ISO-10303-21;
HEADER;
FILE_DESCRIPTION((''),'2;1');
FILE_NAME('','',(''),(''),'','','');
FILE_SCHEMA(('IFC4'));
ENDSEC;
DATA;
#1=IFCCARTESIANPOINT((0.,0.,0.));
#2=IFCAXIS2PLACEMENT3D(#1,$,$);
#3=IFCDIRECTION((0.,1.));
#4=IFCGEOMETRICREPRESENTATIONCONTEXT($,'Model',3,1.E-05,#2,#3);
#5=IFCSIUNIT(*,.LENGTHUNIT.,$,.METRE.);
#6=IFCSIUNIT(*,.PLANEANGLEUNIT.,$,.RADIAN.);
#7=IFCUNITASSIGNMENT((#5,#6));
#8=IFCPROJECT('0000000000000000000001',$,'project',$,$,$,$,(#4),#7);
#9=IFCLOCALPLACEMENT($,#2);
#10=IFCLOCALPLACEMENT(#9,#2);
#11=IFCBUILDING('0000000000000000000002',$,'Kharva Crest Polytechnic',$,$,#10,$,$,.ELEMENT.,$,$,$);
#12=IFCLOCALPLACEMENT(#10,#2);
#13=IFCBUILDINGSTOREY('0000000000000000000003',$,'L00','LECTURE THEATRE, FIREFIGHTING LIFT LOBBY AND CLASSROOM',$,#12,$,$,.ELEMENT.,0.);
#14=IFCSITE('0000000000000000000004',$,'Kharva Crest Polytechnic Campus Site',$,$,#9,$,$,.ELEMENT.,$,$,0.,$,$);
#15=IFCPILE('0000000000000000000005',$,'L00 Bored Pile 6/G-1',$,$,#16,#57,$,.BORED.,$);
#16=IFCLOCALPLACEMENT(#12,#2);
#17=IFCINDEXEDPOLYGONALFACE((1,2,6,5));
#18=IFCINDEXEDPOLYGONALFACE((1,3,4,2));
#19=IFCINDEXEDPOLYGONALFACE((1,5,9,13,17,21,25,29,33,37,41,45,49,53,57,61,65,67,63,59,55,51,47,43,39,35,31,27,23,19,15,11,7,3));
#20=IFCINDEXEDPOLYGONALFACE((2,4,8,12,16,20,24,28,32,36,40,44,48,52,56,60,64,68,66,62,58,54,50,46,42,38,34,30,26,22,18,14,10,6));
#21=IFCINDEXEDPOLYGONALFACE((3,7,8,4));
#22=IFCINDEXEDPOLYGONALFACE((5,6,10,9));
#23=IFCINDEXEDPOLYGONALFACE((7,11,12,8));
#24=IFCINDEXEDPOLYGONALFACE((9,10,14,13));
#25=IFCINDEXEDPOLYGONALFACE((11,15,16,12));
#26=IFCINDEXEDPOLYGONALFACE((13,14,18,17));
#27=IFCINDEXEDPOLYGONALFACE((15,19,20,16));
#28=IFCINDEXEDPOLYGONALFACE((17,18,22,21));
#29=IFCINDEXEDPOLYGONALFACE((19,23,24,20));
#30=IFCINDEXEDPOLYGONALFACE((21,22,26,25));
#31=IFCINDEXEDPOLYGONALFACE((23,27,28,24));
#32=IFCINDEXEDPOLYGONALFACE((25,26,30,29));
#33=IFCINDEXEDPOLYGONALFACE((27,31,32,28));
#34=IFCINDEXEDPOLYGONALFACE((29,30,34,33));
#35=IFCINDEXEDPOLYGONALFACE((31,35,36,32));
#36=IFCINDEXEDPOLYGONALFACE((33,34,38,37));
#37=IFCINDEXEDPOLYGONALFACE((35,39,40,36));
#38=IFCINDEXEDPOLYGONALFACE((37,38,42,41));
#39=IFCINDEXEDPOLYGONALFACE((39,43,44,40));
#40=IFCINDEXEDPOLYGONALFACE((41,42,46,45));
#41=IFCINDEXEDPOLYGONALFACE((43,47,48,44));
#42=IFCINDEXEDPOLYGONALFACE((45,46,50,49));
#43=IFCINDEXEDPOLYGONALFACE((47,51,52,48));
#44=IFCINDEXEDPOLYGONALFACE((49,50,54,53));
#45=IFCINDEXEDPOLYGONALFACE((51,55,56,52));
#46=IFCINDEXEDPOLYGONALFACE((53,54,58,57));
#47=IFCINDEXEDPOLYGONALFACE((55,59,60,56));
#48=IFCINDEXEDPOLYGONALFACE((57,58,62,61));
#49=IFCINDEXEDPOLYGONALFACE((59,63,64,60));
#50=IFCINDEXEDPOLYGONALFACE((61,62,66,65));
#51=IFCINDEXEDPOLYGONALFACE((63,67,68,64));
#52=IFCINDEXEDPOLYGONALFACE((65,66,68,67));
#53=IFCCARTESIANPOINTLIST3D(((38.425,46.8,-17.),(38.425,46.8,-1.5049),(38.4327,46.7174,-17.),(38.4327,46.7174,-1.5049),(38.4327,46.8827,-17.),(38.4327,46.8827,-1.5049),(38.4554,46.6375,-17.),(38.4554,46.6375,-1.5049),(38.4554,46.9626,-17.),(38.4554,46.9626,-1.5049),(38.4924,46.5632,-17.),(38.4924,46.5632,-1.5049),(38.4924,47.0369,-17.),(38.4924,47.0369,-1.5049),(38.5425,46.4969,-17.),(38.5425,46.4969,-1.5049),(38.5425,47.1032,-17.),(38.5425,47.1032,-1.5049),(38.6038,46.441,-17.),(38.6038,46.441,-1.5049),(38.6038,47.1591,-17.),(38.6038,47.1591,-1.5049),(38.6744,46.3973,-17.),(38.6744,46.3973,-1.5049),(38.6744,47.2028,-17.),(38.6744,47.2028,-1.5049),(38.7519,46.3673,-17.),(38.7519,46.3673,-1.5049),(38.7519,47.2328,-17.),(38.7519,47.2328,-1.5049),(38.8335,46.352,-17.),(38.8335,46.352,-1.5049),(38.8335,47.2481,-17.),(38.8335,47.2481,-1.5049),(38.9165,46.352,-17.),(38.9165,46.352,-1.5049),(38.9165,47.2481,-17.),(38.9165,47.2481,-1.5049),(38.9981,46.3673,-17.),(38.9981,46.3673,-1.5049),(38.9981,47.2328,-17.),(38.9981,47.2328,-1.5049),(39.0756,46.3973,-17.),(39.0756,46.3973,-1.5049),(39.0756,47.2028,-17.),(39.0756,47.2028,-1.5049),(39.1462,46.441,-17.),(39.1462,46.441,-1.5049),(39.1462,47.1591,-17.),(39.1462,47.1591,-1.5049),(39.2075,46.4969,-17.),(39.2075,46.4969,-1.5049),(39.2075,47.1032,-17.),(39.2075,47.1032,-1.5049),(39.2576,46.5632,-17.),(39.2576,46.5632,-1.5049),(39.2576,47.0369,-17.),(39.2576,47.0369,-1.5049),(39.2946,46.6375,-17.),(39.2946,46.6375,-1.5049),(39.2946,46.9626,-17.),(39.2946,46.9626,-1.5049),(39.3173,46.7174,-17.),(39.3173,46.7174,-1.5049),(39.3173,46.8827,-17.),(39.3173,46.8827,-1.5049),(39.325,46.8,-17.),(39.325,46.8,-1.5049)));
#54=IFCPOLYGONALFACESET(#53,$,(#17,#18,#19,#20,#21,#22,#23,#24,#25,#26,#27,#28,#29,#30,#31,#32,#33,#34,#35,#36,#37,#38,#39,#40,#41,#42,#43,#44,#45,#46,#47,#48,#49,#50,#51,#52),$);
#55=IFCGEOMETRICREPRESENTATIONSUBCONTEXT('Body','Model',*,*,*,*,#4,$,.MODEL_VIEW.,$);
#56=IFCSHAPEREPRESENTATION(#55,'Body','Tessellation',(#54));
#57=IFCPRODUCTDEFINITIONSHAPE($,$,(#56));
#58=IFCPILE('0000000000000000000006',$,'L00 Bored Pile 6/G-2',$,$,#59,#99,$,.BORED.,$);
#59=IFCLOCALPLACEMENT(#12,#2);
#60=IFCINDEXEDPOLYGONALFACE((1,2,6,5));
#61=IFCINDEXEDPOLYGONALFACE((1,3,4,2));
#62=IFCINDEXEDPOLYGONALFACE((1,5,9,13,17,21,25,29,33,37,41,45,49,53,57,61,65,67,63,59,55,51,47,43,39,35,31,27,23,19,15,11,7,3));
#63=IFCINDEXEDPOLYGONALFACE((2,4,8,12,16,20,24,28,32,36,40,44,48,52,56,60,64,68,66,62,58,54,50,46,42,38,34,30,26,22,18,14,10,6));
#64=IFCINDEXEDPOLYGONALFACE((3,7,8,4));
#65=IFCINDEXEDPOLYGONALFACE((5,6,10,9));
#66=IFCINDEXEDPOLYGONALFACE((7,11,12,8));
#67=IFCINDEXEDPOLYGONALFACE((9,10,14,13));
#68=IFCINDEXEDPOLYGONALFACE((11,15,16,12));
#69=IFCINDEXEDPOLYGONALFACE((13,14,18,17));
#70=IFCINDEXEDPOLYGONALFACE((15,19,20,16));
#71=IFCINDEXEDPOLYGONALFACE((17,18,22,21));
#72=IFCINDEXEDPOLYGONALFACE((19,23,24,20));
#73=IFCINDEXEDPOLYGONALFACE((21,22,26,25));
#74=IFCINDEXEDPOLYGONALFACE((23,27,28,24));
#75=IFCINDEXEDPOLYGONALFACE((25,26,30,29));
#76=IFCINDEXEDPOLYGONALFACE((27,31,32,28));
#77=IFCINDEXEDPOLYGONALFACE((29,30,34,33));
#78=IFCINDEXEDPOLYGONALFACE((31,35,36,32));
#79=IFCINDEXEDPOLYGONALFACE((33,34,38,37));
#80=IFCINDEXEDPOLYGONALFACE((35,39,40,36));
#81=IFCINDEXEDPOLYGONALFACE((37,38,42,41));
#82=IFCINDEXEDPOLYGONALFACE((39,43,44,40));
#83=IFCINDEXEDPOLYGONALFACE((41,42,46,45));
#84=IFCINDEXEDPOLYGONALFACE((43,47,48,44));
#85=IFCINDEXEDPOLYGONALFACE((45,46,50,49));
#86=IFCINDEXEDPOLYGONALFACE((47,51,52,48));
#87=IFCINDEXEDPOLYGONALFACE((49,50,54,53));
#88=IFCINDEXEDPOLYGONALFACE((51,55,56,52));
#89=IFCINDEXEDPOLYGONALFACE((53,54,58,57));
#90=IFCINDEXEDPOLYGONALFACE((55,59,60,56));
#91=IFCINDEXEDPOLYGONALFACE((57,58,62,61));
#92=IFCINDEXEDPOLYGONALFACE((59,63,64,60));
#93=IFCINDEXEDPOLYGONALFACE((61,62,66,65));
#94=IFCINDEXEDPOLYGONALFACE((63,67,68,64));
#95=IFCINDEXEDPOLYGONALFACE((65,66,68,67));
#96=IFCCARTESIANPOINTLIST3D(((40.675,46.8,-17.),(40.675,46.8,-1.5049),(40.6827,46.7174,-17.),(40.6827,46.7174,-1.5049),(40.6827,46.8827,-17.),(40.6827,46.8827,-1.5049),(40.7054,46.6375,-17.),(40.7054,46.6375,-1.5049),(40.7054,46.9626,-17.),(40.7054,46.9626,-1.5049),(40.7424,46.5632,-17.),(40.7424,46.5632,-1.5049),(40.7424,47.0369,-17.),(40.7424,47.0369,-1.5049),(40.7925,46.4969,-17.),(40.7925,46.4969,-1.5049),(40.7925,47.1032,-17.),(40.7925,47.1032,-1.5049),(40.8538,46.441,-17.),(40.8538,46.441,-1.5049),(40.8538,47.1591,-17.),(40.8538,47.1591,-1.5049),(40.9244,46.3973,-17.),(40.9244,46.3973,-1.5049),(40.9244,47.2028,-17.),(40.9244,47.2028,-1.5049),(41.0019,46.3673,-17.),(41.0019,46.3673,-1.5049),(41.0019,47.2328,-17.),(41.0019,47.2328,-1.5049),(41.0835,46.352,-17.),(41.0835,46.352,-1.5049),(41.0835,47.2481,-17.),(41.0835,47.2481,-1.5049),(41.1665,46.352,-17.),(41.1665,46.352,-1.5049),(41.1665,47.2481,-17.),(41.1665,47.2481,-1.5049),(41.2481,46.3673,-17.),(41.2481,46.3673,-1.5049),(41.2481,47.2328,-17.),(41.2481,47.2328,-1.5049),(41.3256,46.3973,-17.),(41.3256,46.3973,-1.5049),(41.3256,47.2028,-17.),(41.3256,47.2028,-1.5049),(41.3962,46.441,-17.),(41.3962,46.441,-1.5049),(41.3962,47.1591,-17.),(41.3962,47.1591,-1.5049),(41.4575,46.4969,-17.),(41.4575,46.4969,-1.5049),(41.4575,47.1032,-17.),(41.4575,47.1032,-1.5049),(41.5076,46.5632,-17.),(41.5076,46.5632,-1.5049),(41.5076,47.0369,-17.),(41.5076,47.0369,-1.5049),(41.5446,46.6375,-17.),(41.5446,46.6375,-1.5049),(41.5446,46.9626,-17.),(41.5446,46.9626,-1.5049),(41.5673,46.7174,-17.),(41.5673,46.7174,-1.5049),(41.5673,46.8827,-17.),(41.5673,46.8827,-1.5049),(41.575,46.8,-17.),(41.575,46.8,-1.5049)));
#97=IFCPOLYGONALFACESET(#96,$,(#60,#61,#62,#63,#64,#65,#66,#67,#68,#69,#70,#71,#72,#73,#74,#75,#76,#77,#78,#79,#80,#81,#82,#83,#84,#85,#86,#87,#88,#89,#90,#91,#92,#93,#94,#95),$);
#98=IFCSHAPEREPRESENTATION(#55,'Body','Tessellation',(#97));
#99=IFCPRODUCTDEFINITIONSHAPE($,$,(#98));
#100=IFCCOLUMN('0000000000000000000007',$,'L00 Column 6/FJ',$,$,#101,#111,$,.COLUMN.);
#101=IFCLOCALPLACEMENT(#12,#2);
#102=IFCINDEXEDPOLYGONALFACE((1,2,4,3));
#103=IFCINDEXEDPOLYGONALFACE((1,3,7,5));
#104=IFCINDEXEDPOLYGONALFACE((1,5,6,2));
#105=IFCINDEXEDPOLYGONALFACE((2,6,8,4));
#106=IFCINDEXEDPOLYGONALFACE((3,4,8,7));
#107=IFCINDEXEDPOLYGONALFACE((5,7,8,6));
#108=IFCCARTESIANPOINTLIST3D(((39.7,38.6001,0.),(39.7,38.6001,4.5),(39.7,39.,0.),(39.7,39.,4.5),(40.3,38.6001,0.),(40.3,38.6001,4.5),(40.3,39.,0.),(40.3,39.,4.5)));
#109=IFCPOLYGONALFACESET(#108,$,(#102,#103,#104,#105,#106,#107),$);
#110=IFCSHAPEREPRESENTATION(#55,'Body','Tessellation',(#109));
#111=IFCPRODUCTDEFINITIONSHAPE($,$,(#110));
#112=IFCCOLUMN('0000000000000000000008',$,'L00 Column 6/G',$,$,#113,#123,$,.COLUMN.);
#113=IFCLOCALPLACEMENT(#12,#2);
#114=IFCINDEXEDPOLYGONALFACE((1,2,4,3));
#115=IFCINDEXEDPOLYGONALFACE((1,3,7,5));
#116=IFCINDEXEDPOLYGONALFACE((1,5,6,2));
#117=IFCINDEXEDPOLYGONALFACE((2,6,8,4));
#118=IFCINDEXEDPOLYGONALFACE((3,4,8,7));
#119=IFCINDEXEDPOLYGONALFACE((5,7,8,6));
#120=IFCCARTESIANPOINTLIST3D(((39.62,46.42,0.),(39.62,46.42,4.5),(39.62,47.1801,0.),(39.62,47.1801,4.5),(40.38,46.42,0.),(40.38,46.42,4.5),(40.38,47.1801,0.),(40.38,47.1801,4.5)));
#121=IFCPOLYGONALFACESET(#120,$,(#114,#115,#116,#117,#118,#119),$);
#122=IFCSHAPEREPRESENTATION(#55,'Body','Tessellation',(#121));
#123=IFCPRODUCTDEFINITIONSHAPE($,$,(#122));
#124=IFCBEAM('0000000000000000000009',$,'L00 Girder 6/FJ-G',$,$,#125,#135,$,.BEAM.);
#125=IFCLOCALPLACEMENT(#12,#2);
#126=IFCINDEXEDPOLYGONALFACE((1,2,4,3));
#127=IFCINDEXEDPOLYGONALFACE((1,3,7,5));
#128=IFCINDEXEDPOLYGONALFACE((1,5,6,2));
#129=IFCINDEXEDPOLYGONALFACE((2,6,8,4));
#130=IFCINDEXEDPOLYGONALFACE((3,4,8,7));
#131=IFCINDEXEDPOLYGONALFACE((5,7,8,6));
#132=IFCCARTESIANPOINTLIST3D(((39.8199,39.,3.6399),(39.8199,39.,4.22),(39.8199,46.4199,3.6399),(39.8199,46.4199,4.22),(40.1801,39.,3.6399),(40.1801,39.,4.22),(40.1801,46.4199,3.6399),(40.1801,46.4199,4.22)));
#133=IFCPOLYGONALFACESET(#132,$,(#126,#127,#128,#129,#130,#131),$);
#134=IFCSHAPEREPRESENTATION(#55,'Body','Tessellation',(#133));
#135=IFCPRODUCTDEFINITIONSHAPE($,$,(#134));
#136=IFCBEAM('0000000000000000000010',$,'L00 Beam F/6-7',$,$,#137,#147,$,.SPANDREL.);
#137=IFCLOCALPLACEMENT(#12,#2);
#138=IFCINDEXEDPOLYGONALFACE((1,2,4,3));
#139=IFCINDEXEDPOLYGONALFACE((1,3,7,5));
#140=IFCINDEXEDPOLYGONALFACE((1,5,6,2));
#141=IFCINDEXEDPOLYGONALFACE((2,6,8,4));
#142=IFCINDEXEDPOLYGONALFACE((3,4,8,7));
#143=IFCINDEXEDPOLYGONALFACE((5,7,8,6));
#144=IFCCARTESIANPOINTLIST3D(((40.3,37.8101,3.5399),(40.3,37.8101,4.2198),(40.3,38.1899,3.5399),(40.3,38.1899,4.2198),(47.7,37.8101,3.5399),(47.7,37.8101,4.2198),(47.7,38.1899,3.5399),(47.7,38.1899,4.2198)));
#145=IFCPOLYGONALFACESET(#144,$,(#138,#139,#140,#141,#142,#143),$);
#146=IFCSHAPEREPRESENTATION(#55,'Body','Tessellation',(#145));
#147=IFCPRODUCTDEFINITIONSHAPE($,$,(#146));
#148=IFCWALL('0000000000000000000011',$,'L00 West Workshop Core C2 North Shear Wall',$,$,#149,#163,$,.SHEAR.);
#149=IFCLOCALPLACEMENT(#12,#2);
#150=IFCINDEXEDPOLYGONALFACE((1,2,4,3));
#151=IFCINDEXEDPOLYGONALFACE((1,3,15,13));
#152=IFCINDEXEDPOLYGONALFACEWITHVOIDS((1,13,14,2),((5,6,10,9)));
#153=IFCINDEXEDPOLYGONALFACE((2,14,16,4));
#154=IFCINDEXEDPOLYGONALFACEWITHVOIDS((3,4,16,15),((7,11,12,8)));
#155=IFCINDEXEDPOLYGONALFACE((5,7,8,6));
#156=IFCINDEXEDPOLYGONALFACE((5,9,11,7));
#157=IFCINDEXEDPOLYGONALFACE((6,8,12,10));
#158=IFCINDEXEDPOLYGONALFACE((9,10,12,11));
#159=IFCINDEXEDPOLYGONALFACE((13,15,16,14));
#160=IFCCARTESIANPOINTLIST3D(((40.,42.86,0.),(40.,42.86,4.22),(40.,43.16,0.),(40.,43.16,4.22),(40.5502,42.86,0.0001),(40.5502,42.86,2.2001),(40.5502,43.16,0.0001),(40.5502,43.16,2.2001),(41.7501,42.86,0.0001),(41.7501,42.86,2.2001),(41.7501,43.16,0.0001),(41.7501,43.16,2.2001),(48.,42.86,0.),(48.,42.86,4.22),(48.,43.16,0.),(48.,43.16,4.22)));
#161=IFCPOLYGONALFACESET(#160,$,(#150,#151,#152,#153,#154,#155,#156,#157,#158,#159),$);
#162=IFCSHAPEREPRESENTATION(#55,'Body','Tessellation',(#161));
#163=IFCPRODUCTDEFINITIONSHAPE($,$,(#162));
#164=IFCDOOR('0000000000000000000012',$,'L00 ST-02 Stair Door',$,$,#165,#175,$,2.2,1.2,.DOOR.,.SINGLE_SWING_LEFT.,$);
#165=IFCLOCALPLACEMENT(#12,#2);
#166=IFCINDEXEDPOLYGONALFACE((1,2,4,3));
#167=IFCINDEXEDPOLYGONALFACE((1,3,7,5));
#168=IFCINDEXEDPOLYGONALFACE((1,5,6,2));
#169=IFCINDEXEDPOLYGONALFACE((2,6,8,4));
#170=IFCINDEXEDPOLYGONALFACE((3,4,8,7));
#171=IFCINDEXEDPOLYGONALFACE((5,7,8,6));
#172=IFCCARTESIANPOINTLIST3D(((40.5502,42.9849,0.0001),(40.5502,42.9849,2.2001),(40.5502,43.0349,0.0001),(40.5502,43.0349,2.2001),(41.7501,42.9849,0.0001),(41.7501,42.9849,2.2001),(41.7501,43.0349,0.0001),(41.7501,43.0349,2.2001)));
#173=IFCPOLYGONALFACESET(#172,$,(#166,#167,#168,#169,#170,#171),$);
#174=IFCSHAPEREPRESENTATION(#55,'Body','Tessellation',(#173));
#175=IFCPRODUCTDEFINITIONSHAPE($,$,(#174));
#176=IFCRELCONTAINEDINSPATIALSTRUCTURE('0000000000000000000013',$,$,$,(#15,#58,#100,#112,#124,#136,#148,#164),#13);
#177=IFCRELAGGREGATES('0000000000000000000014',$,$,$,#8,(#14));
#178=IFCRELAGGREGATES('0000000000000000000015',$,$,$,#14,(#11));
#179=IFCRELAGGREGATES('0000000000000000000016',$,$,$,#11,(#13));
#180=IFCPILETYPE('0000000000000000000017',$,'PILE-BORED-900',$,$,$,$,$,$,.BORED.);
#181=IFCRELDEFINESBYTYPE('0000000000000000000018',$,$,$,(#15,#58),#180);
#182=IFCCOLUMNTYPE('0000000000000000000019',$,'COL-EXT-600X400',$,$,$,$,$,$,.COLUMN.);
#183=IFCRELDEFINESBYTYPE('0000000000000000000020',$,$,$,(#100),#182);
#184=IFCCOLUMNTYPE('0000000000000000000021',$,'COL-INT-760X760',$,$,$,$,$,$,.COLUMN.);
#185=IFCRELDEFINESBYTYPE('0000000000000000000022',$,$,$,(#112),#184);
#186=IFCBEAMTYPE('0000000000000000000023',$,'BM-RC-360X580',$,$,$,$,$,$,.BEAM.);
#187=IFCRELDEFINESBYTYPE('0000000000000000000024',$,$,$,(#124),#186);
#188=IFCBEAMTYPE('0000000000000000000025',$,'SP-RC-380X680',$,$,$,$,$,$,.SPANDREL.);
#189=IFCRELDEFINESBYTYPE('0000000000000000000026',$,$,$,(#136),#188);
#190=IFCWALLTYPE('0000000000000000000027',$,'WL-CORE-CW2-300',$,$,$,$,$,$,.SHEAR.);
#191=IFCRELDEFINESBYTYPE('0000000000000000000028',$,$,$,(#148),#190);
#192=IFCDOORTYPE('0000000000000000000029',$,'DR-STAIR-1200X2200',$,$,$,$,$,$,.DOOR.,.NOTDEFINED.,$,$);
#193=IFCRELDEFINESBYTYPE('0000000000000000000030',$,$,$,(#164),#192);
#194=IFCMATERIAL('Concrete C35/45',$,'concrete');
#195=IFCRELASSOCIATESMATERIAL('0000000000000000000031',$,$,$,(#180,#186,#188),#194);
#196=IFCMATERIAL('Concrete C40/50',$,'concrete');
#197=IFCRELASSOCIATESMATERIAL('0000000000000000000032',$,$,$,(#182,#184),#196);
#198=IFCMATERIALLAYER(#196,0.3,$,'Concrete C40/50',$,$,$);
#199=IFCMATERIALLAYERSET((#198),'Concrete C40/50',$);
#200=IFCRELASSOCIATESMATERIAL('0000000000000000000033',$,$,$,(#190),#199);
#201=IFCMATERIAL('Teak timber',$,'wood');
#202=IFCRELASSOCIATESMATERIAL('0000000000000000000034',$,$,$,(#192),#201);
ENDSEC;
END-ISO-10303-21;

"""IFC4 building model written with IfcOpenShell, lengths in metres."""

from ifc_helpers import new_model, si_unit, direction, frame, frame_2d, origin, origin_2d, place, context, subcontext, project, spatial, rectangle, circle, extrude, material, layer, layer_set, material_profile, profile_set, type_object, element, fill, save


model = new_model("IFC4")

# Units and contexts
model_context = context("Model", 3, precision=1e-05, world=origin(), true_north=direction((0.0, 1.0)))
body_context = subcontext(model_context, "Body", "Model", "MODEL_VIEW")
ifc_project = project(units=[si_unit("LENGTHUNIT", "METRE"), si_unit("PLANEANGLEUNIT", "RADIAN")], contexts=[model_context])

# Site, building, storey
site_placement = place(None, origin())
site = spatial("IfcSite", under=ifc_project, at=site_placement, Name="Kharva Crest Polytechnic Campus Site", CompositionType="ELEMENT", RefElevation=0.0)
building_placement = place(site_placement, origin())
building = spatial("IfcBuilding", under=site, at=building_placement, Name="Kharva Crest Polytechnic", CompositionType="ELEMENT")
storey_placement = place(building_placement, origin())
storey = spatial("IfcBuildingStorey", under=building, at=storey_placement, Name="L00", Description="LECTURE THEATRE, FIREFIGHTING LIFT LOBBY AND CLASSROOM", CompositionType="ELEMENT", Elevation=0.0)

# Shared definitions
ifc_material_1 = material(Name="Concrete C35/45", Category="concrete")

# Piles
ifc_material_profile_1 = material_profile(ifc_material_1, circle(Radius=0.45, at=origin_2d()), Name="DIA 900")
ifc_profile_set_1 = profile_set([ifc_material_profile_1], Name="Concrete C35/45")
pile_type = type_object("IfcPileType", Name="PILE-BORED-900", PredefinedType="BORED", material=ifc_profile_set_1)
for number, where, z_axis, x_axis, name in (
    (1, (38.875, 46.8, -1.5049), (0.0, 0.0, -1.0), (1.0, 0.0, 0.0), "L00 Bored Pile 6/G-1"),
    (2, (41.125, 46.8, -1.5049), (0.0, 0.0, -1.0), (1.0, 0.0, 0.0), "L00 Bored Pile 6/G-2"),
):
    element("IfcPile", number, at=place(storey_placement, frame(where, z_axis=z_axis, x_axis=x_axis)), inside=storey, type_object=pile_type, Name=name, PredefinedType="BORED", context=body_context, shape_type="SweptSolid", body=[
        extrude(circle(Radius=0.45, at=origin_2d()), origin(), (0.0, 0.0, 1.0), 15.4951),
    ])

# Columns
ifc_material_2 = material(Name="Concrete C40/50", Category="concrete")
ifc_material_profile_2 = material_profile(ifc_material_2, rectangle(XDim=0.6001, YDim=0.3999, at=origin_2d()), Name="RECT 600 X 400")
ifc_profile_set_2 = profile_set([ifc_material_profile_2], Name="Concrete C40/50")
column_type_1 = type_object("IfcColumnType", Name="COL-EXT-600X400", PredefinedType="COLUMN", material=ifc_profile_set_2)
column_1_placement = place(storey_placement, frame((40.0, 38.8, 0.0), z_axis=(0.0, 0.0, 1.0), x_axis=(1.0, 0.0, 0.0)))
element("IfcColumn", 3, at=column_1_placement, inside=storey, type_object=column_type_1, Name="L00 Column 6/FJ", PredefinedType="COLUMN", context=body_context, shape_type="SweptSolid", body=[
    extrude(rectangle(XDim=0.6001, YDim=0.3999, at=origin_2d()), origin(), (0.0, 0.0, 1.0), 4.5),
])
ifc_material_profile_3 = material_profile(ifc_material_2, rectangle(XDim=0.76, YDim=0.76, at=origin_2d()), Name="RECT 760 X 760")
ifc_profile_set_3 = profile_set([ifc_material_profile_3], Name="Concrete C40/50")
column_type_2 = type_object("IfcColumnType", Name="COL-INT-760X760", PredefinedType="COLUMN", material=ifc_profile_set_3)
column_2_placement = place(storey_placement, frame((40.0, 46.8, 0.0), z_axis=(0.0, 0.0, 1.0), x_axis=(1.0, 0.0, 0.0)))
element("IfcColumn", 4, at=column_2_placement, inside=storey, type_object=column_type_2, Name="L00 Column 6/G", PredefinedType="COLUMN", context=body_context, shape_type="SweptSolid", body=[
    extrude(rectangle(XDim=0.76, YDim=0.76, at=origin_2d()), origin(), (0.0, 0.0, 1.0), 4.5),
])

# Beams
ifc_material_profile_4 = material_profile(ifc_material_1, rectangle(XDim=0.3601, YDim=0.5801, at=origin_2d()), Name="RECT 360 X 580")
ifc_profile_set_4 = profile_set([ifc_material_profile_4], Name="Concrete C35/45")
beam_type_1 = type_object("IfcBeamType", Name="BM-RC-360X580", PredefinedType="BEAM", material=ifc_profile_set_4)
beam_1_placement = place(storey_placement, frame((40.0, 39.0, 3.9299), z_axis=(0.0, 1.0, 0.0), x_axis=(-1.0, 0.0, 0.0)))
element("IfcBeam", 5, at=beam_1_placement, inside=storey, type_object=beam_type_1, Name="L00 Girder 6/FJ-G", PredefinedType="BEAM", context=body_context, shape_type="SweptSolid", body=[
    extrude(rectangle(XDim=0.3601, YDim=0.5801, at=origin_2d()), origin(), (0.0, 0.0, 1.0), 7.4199),
])
ifc_material_profile_5 = material_profile(ifc_material_1, rectangle(XDim=0.3799, YDim=0.6799, at=origin_2d()), Name="RECT 380 X 680")
ifc_profile_set_5 = profile_set([ifc_material_profile_5], Name="Concrete C35/45")
beam_type_2 = type_object("IfcBeamType", Name="SP-RC-380X680", PredefinedType="SPANDREL", material=ifc_profile_set_5)
beam_2_placement = place(storey_placement, frame((40.3, 38.0, 3.8799), z_axis=(1.0, 0.0, 0.0), x_axis=(0.0, 1.0, 0.0)))
element("IfcBeam", 6, at=beam_2_placement, inside=storey, type_object=beam_type_2, Name="L00 Beam F/6-7", PredefinedType="SPANDREL", context=body_context, shape_type="SweptSolid", body=[
    extrude(rectangle(XDim=0.3799, YDim=0.6799, at=origin_2d()), origin(), (0.0, 0.0, 1.0), 7.3999),
])

# Wall, opening, door
ifc_layer_1 = layer(ifc_material_2, 0.3, Name="Concrete C40/50")
ifc_layer_set_1 = layer_set([ifc_layer_1], Name="Concrete C40/50")
wall_type_1 = type_object("IfcWallType", Name="WL-CORE-CW2-300", PredefinedType="SHEAR", material=ifc_layer_set_1)
wall_1_placement = place(storey_placement, frame((40.0, 43.01, 0.0), z_axis=(0.0, 0.0, 1.0), x_axis=(1.0, 0.0, 0.0)))
wall_1 = element("IfcWall", 7, at=wall_1_placement, inside=storey, type_object=wall_type_1, Name="L00 West Workshop Core C2 North Shear Wall", PredefinedType="SHEAR", context=body_context, shape_type="SweptSolid", body=[
    extrude(rectangle(XDim=8.0, YDim=0.3, at=frame_2d((4.0, 0.0))), origin(), (0.0, 0.0, 1.0), 4.22),
])
opening_1_placement = place(wall_1_placement, frame((0.55, 0.0, 0.0)))
opening_1 = element("IfcOpeningElement", 8, at=opening_1_placement, cuts=wall_1, PredefinedType="OPENING", context=body_context, shape_type="SweptSolid", body=[
    extrude(rectangle(XDim=1.2, YDim=2.2, at=frame_2d((0.6001, 1.1001))), frame((0.0, 0.1599, 0.0), z_axis=(0.0, -1.0, 0.0), x_axis=(1.0, 0.0, 0.0)), (0.0, 0.0, 1.0), 0.3201),
])
ifc_material_3 = material(Name="Teak timber", Category="wood")
door_type_1 = type_object("IfcDoorType", Name="DR-STAIR-1200X2200", OperationType="NOTDEFINED", PredefinedType="DOOR", material=ifc_material_3)
door_1_placement = place(opening_1_placement, origin())
door_1 = element("IfcDoor", 9, at=door_1_placement, inside=storey, type_object=door_type_1, Name="L00 ST-02 Stair Door", OperationType="SINGLE_SWING_LEFT", OverallHeight=2.2, OverallWidth=1.2, PredefinedType="DOOR", context=body_context, shape_type="SweptSolid", body=[
    extrude(rectangle(XDim=1.2, YDim=2.2, at=frame_2d((0.6001, 1.1001))), frame((0.0, 0.0249, 0.0), z_axis=(0.0, -1.0, 0.0), x_axis=(1.0, 0.0, 0.0)), (0.0, 0.0, 1.0), 0.05),
])
fill(opening_1, door_1)

save(model, "model.ifc")
